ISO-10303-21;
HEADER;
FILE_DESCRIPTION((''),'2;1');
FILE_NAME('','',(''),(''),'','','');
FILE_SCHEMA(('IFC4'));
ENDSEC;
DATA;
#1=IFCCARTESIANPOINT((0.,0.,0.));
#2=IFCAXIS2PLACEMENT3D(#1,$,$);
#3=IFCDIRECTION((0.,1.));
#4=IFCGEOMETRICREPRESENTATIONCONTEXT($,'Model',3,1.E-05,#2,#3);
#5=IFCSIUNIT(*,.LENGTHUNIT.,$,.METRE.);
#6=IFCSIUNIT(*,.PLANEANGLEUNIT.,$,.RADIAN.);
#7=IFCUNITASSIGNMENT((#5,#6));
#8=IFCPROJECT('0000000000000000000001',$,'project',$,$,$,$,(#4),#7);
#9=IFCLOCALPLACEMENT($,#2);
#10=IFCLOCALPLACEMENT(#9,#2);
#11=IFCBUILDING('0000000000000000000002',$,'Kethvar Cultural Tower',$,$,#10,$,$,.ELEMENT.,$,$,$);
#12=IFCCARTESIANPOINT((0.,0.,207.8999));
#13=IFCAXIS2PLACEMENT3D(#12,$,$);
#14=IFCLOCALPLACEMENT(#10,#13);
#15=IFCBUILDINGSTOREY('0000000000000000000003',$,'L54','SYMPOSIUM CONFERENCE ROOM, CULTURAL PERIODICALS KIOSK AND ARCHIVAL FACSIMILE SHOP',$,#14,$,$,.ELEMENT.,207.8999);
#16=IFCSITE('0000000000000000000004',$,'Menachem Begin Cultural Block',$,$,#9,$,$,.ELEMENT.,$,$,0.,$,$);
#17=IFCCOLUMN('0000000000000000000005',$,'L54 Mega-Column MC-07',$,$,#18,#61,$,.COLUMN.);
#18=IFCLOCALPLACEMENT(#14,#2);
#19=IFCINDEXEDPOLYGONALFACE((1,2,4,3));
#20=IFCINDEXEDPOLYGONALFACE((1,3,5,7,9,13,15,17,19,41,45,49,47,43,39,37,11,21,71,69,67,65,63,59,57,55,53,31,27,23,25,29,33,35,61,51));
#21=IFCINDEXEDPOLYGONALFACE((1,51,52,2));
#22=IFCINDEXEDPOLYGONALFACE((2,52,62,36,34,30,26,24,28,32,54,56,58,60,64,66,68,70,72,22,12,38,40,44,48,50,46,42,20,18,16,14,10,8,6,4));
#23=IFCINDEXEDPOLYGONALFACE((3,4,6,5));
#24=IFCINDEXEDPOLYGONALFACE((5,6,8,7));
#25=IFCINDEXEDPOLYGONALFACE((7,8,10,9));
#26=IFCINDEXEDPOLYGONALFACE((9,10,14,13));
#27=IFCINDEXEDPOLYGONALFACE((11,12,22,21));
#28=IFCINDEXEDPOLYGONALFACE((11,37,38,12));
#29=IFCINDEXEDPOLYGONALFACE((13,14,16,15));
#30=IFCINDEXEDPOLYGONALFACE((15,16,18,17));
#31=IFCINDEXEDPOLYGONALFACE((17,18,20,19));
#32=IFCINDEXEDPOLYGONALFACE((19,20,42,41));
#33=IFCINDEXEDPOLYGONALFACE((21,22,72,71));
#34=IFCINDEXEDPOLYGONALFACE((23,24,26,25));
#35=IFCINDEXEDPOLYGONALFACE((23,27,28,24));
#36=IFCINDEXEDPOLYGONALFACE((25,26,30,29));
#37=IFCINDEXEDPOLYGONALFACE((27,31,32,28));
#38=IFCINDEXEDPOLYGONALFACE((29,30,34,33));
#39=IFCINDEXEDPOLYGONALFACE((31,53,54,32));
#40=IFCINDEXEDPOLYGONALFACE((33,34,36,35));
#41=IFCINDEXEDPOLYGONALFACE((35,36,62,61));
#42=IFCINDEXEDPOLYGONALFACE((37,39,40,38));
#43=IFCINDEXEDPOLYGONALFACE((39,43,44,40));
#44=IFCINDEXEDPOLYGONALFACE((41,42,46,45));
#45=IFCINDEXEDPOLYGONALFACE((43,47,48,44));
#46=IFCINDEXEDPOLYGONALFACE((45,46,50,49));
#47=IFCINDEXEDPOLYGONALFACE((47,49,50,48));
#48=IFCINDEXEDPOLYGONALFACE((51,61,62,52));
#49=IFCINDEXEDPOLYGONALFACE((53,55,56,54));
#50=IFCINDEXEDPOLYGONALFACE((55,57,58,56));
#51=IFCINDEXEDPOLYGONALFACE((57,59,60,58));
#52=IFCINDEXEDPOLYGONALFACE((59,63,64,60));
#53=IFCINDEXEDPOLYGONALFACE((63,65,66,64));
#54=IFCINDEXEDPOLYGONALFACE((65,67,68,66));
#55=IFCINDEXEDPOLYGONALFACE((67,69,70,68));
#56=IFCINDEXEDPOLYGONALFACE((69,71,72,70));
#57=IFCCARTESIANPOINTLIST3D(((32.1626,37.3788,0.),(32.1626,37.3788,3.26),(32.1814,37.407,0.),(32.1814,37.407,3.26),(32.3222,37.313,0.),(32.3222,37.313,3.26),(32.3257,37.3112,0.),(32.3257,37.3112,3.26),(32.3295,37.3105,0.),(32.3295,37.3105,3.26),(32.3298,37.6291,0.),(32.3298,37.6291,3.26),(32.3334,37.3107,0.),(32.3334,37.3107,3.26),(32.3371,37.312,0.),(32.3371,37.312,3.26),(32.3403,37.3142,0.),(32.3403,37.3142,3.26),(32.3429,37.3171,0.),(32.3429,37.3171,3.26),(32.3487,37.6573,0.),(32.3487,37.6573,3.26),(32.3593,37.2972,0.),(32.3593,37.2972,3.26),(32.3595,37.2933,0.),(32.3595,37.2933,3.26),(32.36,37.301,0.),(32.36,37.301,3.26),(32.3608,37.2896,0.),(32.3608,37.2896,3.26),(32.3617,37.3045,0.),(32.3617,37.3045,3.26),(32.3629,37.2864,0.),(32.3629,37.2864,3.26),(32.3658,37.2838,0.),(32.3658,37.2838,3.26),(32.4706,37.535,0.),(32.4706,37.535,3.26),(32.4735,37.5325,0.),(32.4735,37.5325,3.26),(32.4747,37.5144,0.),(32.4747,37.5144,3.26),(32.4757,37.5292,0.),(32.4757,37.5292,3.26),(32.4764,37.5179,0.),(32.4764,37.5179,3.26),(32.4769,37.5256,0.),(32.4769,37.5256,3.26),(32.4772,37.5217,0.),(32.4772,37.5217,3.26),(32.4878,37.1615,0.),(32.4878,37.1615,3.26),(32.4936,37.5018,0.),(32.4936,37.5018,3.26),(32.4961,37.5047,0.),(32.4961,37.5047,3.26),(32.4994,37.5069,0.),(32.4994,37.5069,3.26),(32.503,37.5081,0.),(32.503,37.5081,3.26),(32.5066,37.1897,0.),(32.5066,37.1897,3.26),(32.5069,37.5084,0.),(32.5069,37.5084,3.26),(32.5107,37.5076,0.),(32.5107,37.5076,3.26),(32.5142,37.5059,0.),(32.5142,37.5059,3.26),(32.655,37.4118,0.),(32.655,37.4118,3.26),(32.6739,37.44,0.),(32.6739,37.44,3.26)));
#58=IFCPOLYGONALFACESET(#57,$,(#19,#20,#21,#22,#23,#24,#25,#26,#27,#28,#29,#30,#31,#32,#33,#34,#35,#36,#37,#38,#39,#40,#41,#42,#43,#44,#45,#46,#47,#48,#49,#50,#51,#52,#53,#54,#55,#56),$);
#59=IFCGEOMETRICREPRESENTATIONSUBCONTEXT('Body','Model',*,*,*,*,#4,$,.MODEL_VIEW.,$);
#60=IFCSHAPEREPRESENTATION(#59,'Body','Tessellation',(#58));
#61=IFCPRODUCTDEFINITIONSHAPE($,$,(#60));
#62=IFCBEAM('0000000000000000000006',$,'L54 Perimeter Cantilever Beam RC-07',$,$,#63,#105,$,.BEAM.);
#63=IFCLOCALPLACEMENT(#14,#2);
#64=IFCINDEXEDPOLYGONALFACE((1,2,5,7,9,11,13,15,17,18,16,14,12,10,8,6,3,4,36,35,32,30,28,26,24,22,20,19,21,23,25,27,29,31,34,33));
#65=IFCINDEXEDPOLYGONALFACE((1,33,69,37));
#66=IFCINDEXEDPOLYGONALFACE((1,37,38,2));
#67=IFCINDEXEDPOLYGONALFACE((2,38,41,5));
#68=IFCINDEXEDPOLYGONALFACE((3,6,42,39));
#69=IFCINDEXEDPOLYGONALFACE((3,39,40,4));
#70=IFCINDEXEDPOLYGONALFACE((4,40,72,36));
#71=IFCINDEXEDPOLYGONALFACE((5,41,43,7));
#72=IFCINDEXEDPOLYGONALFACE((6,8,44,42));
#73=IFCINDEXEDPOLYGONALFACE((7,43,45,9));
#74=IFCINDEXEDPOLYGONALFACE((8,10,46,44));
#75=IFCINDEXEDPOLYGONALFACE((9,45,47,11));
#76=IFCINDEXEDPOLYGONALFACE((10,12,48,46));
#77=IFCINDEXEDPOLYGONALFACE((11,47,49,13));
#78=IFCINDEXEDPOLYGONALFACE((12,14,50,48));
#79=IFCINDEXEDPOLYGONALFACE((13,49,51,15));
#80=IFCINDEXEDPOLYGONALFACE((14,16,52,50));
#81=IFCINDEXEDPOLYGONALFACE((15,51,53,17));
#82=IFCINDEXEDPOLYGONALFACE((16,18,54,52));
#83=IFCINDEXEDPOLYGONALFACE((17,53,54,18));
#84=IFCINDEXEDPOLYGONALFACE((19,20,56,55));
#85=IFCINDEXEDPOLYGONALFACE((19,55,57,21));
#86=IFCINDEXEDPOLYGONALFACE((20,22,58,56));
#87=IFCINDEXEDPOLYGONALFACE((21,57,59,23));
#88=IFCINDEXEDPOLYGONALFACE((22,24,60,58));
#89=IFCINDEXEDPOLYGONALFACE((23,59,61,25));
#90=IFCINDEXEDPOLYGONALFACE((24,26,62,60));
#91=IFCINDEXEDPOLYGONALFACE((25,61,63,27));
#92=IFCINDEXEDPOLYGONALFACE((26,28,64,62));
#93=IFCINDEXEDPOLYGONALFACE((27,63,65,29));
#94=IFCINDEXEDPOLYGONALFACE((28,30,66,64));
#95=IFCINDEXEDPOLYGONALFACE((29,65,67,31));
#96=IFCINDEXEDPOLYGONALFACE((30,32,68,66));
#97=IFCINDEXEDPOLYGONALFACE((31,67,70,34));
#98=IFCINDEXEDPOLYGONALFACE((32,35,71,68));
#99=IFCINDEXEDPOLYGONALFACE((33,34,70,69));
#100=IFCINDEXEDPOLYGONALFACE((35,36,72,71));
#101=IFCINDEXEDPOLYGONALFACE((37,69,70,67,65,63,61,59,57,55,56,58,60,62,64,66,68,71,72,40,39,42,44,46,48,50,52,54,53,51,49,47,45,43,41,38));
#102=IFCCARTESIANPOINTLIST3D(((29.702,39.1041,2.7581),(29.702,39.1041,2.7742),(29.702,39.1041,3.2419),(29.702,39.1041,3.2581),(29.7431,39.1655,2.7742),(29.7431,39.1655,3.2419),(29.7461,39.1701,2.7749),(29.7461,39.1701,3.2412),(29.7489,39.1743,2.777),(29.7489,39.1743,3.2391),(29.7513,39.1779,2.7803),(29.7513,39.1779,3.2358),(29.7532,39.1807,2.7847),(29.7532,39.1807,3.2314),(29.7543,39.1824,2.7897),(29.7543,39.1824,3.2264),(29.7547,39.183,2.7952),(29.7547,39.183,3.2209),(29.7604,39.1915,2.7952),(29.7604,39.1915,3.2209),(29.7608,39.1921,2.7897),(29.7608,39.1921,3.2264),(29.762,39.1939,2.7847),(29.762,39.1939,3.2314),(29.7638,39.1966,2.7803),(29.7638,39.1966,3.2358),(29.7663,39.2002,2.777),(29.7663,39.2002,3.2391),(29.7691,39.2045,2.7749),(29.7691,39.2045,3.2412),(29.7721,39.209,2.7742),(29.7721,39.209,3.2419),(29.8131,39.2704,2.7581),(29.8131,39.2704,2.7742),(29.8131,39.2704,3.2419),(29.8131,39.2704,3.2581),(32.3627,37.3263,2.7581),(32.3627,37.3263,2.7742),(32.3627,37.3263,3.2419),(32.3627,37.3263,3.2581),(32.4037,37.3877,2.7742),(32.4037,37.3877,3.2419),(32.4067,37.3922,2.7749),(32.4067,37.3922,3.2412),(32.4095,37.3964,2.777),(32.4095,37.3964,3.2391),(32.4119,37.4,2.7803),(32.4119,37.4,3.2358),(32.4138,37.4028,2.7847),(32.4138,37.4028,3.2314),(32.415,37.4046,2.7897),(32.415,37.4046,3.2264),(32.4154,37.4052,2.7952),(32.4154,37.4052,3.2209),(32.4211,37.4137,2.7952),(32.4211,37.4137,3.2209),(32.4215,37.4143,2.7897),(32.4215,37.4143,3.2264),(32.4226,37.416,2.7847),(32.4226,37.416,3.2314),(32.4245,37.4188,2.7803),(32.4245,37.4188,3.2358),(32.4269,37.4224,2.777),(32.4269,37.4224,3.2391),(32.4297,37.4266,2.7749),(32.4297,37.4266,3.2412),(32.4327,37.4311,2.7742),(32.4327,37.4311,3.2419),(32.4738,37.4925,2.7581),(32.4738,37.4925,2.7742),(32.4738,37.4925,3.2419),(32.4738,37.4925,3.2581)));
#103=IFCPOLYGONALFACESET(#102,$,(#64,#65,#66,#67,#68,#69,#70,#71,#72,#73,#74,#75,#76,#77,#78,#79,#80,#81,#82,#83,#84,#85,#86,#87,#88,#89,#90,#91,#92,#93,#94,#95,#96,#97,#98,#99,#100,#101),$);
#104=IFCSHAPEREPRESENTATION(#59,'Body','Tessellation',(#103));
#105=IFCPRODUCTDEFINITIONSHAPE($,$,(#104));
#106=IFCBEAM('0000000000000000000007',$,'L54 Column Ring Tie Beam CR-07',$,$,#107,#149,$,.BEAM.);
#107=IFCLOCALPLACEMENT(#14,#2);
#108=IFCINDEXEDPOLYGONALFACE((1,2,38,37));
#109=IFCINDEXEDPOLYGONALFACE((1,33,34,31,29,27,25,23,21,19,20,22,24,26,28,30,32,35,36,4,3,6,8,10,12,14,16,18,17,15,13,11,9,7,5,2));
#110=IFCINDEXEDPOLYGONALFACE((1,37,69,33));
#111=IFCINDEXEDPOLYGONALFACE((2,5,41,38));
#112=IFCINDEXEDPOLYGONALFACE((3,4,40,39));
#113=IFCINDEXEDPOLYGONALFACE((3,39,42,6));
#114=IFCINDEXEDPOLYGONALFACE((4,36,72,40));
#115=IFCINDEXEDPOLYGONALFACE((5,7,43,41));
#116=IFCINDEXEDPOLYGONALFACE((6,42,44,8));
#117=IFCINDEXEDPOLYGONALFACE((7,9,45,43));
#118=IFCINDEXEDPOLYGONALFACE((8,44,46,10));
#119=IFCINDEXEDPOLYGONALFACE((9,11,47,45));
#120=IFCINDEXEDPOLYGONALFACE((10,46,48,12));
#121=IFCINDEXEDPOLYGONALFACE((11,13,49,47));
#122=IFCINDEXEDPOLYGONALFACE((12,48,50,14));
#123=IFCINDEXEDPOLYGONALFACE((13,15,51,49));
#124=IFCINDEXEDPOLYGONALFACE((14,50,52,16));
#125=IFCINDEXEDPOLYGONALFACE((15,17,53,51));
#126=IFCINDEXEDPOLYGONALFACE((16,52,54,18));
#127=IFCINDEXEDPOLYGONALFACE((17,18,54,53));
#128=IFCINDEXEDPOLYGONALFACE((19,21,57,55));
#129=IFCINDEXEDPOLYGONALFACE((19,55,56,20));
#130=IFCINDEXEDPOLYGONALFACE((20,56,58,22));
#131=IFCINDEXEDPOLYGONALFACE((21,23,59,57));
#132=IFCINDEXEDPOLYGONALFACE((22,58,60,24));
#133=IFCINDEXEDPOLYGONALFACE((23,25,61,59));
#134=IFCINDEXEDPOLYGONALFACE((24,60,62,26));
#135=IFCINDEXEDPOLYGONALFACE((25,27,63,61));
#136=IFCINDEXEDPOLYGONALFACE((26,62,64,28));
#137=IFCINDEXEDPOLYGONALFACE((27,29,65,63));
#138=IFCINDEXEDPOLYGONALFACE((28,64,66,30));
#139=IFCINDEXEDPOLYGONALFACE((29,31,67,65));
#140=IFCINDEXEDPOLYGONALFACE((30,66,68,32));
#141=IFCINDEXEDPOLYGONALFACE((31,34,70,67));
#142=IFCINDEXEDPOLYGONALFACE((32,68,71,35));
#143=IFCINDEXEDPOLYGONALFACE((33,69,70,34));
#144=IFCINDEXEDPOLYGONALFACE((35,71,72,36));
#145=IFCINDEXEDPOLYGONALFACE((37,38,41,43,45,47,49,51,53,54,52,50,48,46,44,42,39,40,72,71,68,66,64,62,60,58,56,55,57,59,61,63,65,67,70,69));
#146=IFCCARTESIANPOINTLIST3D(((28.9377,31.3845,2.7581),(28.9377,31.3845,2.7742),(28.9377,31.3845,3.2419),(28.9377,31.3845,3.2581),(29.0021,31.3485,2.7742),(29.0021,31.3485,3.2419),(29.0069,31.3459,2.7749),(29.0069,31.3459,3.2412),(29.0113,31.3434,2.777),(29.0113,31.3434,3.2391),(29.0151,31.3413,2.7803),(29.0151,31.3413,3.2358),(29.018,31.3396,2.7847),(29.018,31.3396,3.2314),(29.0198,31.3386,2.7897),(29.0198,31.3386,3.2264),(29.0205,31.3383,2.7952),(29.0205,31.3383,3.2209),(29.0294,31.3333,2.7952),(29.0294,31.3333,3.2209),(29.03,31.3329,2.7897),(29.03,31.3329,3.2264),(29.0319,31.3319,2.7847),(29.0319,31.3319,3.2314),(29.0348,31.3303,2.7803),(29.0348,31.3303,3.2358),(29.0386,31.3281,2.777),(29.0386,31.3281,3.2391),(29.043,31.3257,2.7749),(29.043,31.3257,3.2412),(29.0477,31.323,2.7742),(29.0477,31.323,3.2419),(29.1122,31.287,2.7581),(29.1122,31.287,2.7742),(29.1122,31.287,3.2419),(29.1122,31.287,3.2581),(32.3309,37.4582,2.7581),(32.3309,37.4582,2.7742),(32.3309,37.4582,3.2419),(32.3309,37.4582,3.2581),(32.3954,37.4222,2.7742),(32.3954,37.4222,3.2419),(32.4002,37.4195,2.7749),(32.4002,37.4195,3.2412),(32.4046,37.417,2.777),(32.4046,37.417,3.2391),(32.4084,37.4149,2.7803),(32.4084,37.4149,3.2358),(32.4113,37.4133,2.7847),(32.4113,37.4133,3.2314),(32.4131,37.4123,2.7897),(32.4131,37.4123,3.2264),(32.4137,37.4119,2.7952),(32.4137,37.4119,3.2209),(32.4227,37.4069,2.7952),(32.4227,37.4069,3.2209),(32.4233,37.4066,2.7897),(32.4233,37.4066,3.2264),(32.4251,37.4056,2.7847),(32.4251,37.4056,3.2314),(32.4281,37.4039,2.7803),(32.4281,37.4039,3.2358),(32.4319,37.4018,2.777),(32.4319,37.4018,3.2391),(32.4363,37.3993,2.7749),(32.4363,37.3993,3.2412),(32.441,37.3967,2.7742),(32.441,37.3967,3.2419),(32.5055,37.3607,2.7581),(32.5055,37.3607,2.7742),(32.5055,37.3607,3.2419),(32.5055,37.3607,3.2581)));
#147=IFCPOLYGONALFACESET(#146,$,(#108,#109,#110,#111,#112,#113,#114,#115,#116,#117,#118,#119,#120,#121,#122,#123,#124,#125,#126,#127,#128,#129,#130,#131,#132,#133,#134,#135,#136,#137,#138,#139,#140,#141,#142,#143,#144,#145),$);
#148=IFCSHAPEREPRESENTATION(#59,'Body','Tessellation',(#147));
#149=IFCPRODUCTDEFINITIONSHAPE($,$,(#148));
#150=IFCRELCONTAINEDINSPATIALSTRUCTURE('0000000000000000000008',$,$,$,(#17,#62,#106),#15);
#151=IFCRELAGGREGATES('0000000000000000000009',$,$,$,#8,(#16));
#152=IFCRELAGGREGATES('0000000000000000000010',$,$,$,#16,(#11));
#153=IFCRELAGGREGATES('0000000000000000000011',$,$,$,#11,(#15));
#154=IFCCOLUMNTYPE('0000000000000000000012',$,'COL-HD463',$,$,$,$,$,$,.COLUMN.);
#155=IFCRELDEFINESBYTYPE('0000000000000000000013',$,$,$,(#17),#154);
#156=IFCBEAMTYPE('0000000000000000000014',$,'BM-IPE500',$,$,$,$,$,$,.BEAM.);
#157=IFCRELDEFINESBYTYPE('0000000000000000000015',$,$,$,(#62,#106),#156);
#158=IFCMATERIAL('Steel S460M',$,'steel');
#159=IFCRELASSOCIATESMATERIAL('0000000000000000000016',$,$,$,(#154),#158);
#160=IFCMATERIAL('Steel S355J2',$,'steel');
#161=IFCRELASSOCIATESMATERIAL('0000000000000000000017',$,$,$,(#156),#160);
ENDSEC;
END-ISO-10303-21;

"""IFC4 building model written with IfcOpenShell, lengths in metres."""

from ifc_helpers import new_model, si_unit, direction, frame, origin, origin_2d, place, context, subcontext, project, spatial, i_section, extrude, source, transform, mapped, material, material_profile, profile_set, type_object, element, save


model = new_model("IFC4")

# Units and contexts
model_context = context("Model", 3, precision=1e-05, world=origin(), true_north=direction((0.0, 1.0)))
body_context = subcontext(model_context, "Body", "Model", "MODEL_VIEW")
ifc_project = project(units=[si_unit("LENGTHUNIT", "METRE"), si_unit("PLANEANGLEUNIT", "RADIAN")], contexts=[model_context])

# Site, building, storey
site_placement = place(None, origin())
site = spatial("IfcSite", under=ifc_project, at=site_placement, Name="Menachem Begin Cultural Block", CompositionType="ELEMENT", RefElevation=0.0)
building_placement = place(site_placement, origin())
building = spatial("IfcBuilding", under=site, at=building_placement, Name="Kethvar Cultural Tower", CompositionType="ELEMENT")
storey_placement = place(building_placement, frame((0.0, 0.0, 207.8999)))
storey = spatial("IfcBuildingStorey", under=building, at=storey_placement, Name="L54", Description="SYMPOSIUM CONFERENCE ROOM, CULTURAL PERIODICALS KIOSK AND ARCHIVAL FACSIMILE SHOP", CompositionType="ELEMENT", Elevation=207.8999)

# Column
ifc_material_1 = material(Name="Steel S460M", Category="steel")
ifc_material_profile_1 = material_profile(ifc_material_1, i_section(OverallWidth=0.3911, OverallDepth=0.335, WebThickness=0.0227, FlangeThickness=0.0339, FilletRadius=0.0149, at=origin_2d()), Name="Steel S460M — HD400x463")
ifc_profile_set_1 = profile_set([ifc_material_profile_1], Name="Steel S460M — HD400x463")
column_type = type_object("IfcColumnType", Name="COL-HD463", PredefinedType="COLUMN", material=ifc_profile_set_1)
shared_shape_1 = source(origin(), body_context, "Body", "SweptSolid", [
    extrude(i_section(OverallWidth=0.3911, OverallDepth=0.335, WebThickness=0.0227, FlangeThickness=0.0339, FilletRadius=0.0149, at=origin_2d()), origin(), (0.0, 0.0, 1.0), 3.26),
])
column_placement = place(storey_placement, frame((32.4182, 37.4094, 0.0), z_axis=(0.0, 0.0, 1.0), x_axis=(-0.83147, 0.55557, 0.0)))
element("IfcColumn", 1, at=column_placement, inside=storey, type_object=column_type, Name="L54 Mega-Column MC-07", PredefinedType="COLUMN", context=body_context, shape_type="MappedRepresentation", body=[
    mapped(shared_shape_1, transform((0.0, 0.0, 0.0), scale=1.0)),
])

# Beams
ifc_material_2 = material(Name="Steel S355J2", Category="steel")
ifc_material_profile_2 = material_profile(ifc_material_2, i_section(OverallWidth=0.2, OverallDepth=0.5, WebThickness=0.0103, FlangeThickness=0.0161, FilletRadius=0.021, at=origin_2d()), Name="Steel S355J2 — IPE500")
ifc_profile_set_2 = profile_set([ifc_material_profile_2], Name="Steel S355J2 — IPE500")
beam_type_1 = type_object("IfcBeamType", Name="BM-IPE500", PredefinedType="BEAM", material=ifc_profile_set_2)
shared_shape_2 = source(origin(), body_context, "Body", "SweptSolid", [
    extrude(i_section(OverallWidth=0.2, OverallDepth=0.5, WebThickness=0.0103, FlangeThickness=0.0161, FilletRadius=0.021, at=origin_2d()), origin(), (0.0, 0.0, 1.0), 3.2),
])
beam_1_placement = place(storey_placement, frame((32.4182, 37.4094, 3.0081), z_axis=(-0.831463, 0.55558, 0.0), x_axis=(-0.55558, -0.831463, 0.0)))
element("IfcBeam", 2, at=beam_1_placement, inside=storey, type_object=beam_type_1, Name="L54 Perimeter Cantilever Beam RC-07", PredefinedType="BEAM", context=body_context, shape_type="MappedRepresentation", body=[
    mapped(shared_shape_2, transform((0.0, 0.0, 0.0), scale=1.0)),
])
shared_shape_3 = source(origin(), body_context, "Body", "SweptSolid", [
    extrude(i_section(OverallWidth=0.2, OverallDepth=0.5, WebThickness=0.0103, FlangeThickness=0.0161, FilletRadius=0.021, at=origin_2d()), origin(), (0.0, 0.0, 1.0), 6.9573),
])
beam_2_placement = place(storey_placement, frame((32.4182, 37.4094, 3.0081), z_axis=(-0.48773, -0.872994, 0.0), x_axis=(0.872994, -0.48773, 0.0)))
element("IfcBeam", 3, at=beam_2_placement, inside=storey, type_object=beam_type_1, Name="L54 Column Ring Tie Beam CR-07", PredefinedType="BEAM", context=body_context, shape_type="MappedRepresentation", body=[
    mapped(shared_shape_3, transform((0.0, 0.0, 0.0), scale=1.0)),
])

save(model, "model.ifc")
